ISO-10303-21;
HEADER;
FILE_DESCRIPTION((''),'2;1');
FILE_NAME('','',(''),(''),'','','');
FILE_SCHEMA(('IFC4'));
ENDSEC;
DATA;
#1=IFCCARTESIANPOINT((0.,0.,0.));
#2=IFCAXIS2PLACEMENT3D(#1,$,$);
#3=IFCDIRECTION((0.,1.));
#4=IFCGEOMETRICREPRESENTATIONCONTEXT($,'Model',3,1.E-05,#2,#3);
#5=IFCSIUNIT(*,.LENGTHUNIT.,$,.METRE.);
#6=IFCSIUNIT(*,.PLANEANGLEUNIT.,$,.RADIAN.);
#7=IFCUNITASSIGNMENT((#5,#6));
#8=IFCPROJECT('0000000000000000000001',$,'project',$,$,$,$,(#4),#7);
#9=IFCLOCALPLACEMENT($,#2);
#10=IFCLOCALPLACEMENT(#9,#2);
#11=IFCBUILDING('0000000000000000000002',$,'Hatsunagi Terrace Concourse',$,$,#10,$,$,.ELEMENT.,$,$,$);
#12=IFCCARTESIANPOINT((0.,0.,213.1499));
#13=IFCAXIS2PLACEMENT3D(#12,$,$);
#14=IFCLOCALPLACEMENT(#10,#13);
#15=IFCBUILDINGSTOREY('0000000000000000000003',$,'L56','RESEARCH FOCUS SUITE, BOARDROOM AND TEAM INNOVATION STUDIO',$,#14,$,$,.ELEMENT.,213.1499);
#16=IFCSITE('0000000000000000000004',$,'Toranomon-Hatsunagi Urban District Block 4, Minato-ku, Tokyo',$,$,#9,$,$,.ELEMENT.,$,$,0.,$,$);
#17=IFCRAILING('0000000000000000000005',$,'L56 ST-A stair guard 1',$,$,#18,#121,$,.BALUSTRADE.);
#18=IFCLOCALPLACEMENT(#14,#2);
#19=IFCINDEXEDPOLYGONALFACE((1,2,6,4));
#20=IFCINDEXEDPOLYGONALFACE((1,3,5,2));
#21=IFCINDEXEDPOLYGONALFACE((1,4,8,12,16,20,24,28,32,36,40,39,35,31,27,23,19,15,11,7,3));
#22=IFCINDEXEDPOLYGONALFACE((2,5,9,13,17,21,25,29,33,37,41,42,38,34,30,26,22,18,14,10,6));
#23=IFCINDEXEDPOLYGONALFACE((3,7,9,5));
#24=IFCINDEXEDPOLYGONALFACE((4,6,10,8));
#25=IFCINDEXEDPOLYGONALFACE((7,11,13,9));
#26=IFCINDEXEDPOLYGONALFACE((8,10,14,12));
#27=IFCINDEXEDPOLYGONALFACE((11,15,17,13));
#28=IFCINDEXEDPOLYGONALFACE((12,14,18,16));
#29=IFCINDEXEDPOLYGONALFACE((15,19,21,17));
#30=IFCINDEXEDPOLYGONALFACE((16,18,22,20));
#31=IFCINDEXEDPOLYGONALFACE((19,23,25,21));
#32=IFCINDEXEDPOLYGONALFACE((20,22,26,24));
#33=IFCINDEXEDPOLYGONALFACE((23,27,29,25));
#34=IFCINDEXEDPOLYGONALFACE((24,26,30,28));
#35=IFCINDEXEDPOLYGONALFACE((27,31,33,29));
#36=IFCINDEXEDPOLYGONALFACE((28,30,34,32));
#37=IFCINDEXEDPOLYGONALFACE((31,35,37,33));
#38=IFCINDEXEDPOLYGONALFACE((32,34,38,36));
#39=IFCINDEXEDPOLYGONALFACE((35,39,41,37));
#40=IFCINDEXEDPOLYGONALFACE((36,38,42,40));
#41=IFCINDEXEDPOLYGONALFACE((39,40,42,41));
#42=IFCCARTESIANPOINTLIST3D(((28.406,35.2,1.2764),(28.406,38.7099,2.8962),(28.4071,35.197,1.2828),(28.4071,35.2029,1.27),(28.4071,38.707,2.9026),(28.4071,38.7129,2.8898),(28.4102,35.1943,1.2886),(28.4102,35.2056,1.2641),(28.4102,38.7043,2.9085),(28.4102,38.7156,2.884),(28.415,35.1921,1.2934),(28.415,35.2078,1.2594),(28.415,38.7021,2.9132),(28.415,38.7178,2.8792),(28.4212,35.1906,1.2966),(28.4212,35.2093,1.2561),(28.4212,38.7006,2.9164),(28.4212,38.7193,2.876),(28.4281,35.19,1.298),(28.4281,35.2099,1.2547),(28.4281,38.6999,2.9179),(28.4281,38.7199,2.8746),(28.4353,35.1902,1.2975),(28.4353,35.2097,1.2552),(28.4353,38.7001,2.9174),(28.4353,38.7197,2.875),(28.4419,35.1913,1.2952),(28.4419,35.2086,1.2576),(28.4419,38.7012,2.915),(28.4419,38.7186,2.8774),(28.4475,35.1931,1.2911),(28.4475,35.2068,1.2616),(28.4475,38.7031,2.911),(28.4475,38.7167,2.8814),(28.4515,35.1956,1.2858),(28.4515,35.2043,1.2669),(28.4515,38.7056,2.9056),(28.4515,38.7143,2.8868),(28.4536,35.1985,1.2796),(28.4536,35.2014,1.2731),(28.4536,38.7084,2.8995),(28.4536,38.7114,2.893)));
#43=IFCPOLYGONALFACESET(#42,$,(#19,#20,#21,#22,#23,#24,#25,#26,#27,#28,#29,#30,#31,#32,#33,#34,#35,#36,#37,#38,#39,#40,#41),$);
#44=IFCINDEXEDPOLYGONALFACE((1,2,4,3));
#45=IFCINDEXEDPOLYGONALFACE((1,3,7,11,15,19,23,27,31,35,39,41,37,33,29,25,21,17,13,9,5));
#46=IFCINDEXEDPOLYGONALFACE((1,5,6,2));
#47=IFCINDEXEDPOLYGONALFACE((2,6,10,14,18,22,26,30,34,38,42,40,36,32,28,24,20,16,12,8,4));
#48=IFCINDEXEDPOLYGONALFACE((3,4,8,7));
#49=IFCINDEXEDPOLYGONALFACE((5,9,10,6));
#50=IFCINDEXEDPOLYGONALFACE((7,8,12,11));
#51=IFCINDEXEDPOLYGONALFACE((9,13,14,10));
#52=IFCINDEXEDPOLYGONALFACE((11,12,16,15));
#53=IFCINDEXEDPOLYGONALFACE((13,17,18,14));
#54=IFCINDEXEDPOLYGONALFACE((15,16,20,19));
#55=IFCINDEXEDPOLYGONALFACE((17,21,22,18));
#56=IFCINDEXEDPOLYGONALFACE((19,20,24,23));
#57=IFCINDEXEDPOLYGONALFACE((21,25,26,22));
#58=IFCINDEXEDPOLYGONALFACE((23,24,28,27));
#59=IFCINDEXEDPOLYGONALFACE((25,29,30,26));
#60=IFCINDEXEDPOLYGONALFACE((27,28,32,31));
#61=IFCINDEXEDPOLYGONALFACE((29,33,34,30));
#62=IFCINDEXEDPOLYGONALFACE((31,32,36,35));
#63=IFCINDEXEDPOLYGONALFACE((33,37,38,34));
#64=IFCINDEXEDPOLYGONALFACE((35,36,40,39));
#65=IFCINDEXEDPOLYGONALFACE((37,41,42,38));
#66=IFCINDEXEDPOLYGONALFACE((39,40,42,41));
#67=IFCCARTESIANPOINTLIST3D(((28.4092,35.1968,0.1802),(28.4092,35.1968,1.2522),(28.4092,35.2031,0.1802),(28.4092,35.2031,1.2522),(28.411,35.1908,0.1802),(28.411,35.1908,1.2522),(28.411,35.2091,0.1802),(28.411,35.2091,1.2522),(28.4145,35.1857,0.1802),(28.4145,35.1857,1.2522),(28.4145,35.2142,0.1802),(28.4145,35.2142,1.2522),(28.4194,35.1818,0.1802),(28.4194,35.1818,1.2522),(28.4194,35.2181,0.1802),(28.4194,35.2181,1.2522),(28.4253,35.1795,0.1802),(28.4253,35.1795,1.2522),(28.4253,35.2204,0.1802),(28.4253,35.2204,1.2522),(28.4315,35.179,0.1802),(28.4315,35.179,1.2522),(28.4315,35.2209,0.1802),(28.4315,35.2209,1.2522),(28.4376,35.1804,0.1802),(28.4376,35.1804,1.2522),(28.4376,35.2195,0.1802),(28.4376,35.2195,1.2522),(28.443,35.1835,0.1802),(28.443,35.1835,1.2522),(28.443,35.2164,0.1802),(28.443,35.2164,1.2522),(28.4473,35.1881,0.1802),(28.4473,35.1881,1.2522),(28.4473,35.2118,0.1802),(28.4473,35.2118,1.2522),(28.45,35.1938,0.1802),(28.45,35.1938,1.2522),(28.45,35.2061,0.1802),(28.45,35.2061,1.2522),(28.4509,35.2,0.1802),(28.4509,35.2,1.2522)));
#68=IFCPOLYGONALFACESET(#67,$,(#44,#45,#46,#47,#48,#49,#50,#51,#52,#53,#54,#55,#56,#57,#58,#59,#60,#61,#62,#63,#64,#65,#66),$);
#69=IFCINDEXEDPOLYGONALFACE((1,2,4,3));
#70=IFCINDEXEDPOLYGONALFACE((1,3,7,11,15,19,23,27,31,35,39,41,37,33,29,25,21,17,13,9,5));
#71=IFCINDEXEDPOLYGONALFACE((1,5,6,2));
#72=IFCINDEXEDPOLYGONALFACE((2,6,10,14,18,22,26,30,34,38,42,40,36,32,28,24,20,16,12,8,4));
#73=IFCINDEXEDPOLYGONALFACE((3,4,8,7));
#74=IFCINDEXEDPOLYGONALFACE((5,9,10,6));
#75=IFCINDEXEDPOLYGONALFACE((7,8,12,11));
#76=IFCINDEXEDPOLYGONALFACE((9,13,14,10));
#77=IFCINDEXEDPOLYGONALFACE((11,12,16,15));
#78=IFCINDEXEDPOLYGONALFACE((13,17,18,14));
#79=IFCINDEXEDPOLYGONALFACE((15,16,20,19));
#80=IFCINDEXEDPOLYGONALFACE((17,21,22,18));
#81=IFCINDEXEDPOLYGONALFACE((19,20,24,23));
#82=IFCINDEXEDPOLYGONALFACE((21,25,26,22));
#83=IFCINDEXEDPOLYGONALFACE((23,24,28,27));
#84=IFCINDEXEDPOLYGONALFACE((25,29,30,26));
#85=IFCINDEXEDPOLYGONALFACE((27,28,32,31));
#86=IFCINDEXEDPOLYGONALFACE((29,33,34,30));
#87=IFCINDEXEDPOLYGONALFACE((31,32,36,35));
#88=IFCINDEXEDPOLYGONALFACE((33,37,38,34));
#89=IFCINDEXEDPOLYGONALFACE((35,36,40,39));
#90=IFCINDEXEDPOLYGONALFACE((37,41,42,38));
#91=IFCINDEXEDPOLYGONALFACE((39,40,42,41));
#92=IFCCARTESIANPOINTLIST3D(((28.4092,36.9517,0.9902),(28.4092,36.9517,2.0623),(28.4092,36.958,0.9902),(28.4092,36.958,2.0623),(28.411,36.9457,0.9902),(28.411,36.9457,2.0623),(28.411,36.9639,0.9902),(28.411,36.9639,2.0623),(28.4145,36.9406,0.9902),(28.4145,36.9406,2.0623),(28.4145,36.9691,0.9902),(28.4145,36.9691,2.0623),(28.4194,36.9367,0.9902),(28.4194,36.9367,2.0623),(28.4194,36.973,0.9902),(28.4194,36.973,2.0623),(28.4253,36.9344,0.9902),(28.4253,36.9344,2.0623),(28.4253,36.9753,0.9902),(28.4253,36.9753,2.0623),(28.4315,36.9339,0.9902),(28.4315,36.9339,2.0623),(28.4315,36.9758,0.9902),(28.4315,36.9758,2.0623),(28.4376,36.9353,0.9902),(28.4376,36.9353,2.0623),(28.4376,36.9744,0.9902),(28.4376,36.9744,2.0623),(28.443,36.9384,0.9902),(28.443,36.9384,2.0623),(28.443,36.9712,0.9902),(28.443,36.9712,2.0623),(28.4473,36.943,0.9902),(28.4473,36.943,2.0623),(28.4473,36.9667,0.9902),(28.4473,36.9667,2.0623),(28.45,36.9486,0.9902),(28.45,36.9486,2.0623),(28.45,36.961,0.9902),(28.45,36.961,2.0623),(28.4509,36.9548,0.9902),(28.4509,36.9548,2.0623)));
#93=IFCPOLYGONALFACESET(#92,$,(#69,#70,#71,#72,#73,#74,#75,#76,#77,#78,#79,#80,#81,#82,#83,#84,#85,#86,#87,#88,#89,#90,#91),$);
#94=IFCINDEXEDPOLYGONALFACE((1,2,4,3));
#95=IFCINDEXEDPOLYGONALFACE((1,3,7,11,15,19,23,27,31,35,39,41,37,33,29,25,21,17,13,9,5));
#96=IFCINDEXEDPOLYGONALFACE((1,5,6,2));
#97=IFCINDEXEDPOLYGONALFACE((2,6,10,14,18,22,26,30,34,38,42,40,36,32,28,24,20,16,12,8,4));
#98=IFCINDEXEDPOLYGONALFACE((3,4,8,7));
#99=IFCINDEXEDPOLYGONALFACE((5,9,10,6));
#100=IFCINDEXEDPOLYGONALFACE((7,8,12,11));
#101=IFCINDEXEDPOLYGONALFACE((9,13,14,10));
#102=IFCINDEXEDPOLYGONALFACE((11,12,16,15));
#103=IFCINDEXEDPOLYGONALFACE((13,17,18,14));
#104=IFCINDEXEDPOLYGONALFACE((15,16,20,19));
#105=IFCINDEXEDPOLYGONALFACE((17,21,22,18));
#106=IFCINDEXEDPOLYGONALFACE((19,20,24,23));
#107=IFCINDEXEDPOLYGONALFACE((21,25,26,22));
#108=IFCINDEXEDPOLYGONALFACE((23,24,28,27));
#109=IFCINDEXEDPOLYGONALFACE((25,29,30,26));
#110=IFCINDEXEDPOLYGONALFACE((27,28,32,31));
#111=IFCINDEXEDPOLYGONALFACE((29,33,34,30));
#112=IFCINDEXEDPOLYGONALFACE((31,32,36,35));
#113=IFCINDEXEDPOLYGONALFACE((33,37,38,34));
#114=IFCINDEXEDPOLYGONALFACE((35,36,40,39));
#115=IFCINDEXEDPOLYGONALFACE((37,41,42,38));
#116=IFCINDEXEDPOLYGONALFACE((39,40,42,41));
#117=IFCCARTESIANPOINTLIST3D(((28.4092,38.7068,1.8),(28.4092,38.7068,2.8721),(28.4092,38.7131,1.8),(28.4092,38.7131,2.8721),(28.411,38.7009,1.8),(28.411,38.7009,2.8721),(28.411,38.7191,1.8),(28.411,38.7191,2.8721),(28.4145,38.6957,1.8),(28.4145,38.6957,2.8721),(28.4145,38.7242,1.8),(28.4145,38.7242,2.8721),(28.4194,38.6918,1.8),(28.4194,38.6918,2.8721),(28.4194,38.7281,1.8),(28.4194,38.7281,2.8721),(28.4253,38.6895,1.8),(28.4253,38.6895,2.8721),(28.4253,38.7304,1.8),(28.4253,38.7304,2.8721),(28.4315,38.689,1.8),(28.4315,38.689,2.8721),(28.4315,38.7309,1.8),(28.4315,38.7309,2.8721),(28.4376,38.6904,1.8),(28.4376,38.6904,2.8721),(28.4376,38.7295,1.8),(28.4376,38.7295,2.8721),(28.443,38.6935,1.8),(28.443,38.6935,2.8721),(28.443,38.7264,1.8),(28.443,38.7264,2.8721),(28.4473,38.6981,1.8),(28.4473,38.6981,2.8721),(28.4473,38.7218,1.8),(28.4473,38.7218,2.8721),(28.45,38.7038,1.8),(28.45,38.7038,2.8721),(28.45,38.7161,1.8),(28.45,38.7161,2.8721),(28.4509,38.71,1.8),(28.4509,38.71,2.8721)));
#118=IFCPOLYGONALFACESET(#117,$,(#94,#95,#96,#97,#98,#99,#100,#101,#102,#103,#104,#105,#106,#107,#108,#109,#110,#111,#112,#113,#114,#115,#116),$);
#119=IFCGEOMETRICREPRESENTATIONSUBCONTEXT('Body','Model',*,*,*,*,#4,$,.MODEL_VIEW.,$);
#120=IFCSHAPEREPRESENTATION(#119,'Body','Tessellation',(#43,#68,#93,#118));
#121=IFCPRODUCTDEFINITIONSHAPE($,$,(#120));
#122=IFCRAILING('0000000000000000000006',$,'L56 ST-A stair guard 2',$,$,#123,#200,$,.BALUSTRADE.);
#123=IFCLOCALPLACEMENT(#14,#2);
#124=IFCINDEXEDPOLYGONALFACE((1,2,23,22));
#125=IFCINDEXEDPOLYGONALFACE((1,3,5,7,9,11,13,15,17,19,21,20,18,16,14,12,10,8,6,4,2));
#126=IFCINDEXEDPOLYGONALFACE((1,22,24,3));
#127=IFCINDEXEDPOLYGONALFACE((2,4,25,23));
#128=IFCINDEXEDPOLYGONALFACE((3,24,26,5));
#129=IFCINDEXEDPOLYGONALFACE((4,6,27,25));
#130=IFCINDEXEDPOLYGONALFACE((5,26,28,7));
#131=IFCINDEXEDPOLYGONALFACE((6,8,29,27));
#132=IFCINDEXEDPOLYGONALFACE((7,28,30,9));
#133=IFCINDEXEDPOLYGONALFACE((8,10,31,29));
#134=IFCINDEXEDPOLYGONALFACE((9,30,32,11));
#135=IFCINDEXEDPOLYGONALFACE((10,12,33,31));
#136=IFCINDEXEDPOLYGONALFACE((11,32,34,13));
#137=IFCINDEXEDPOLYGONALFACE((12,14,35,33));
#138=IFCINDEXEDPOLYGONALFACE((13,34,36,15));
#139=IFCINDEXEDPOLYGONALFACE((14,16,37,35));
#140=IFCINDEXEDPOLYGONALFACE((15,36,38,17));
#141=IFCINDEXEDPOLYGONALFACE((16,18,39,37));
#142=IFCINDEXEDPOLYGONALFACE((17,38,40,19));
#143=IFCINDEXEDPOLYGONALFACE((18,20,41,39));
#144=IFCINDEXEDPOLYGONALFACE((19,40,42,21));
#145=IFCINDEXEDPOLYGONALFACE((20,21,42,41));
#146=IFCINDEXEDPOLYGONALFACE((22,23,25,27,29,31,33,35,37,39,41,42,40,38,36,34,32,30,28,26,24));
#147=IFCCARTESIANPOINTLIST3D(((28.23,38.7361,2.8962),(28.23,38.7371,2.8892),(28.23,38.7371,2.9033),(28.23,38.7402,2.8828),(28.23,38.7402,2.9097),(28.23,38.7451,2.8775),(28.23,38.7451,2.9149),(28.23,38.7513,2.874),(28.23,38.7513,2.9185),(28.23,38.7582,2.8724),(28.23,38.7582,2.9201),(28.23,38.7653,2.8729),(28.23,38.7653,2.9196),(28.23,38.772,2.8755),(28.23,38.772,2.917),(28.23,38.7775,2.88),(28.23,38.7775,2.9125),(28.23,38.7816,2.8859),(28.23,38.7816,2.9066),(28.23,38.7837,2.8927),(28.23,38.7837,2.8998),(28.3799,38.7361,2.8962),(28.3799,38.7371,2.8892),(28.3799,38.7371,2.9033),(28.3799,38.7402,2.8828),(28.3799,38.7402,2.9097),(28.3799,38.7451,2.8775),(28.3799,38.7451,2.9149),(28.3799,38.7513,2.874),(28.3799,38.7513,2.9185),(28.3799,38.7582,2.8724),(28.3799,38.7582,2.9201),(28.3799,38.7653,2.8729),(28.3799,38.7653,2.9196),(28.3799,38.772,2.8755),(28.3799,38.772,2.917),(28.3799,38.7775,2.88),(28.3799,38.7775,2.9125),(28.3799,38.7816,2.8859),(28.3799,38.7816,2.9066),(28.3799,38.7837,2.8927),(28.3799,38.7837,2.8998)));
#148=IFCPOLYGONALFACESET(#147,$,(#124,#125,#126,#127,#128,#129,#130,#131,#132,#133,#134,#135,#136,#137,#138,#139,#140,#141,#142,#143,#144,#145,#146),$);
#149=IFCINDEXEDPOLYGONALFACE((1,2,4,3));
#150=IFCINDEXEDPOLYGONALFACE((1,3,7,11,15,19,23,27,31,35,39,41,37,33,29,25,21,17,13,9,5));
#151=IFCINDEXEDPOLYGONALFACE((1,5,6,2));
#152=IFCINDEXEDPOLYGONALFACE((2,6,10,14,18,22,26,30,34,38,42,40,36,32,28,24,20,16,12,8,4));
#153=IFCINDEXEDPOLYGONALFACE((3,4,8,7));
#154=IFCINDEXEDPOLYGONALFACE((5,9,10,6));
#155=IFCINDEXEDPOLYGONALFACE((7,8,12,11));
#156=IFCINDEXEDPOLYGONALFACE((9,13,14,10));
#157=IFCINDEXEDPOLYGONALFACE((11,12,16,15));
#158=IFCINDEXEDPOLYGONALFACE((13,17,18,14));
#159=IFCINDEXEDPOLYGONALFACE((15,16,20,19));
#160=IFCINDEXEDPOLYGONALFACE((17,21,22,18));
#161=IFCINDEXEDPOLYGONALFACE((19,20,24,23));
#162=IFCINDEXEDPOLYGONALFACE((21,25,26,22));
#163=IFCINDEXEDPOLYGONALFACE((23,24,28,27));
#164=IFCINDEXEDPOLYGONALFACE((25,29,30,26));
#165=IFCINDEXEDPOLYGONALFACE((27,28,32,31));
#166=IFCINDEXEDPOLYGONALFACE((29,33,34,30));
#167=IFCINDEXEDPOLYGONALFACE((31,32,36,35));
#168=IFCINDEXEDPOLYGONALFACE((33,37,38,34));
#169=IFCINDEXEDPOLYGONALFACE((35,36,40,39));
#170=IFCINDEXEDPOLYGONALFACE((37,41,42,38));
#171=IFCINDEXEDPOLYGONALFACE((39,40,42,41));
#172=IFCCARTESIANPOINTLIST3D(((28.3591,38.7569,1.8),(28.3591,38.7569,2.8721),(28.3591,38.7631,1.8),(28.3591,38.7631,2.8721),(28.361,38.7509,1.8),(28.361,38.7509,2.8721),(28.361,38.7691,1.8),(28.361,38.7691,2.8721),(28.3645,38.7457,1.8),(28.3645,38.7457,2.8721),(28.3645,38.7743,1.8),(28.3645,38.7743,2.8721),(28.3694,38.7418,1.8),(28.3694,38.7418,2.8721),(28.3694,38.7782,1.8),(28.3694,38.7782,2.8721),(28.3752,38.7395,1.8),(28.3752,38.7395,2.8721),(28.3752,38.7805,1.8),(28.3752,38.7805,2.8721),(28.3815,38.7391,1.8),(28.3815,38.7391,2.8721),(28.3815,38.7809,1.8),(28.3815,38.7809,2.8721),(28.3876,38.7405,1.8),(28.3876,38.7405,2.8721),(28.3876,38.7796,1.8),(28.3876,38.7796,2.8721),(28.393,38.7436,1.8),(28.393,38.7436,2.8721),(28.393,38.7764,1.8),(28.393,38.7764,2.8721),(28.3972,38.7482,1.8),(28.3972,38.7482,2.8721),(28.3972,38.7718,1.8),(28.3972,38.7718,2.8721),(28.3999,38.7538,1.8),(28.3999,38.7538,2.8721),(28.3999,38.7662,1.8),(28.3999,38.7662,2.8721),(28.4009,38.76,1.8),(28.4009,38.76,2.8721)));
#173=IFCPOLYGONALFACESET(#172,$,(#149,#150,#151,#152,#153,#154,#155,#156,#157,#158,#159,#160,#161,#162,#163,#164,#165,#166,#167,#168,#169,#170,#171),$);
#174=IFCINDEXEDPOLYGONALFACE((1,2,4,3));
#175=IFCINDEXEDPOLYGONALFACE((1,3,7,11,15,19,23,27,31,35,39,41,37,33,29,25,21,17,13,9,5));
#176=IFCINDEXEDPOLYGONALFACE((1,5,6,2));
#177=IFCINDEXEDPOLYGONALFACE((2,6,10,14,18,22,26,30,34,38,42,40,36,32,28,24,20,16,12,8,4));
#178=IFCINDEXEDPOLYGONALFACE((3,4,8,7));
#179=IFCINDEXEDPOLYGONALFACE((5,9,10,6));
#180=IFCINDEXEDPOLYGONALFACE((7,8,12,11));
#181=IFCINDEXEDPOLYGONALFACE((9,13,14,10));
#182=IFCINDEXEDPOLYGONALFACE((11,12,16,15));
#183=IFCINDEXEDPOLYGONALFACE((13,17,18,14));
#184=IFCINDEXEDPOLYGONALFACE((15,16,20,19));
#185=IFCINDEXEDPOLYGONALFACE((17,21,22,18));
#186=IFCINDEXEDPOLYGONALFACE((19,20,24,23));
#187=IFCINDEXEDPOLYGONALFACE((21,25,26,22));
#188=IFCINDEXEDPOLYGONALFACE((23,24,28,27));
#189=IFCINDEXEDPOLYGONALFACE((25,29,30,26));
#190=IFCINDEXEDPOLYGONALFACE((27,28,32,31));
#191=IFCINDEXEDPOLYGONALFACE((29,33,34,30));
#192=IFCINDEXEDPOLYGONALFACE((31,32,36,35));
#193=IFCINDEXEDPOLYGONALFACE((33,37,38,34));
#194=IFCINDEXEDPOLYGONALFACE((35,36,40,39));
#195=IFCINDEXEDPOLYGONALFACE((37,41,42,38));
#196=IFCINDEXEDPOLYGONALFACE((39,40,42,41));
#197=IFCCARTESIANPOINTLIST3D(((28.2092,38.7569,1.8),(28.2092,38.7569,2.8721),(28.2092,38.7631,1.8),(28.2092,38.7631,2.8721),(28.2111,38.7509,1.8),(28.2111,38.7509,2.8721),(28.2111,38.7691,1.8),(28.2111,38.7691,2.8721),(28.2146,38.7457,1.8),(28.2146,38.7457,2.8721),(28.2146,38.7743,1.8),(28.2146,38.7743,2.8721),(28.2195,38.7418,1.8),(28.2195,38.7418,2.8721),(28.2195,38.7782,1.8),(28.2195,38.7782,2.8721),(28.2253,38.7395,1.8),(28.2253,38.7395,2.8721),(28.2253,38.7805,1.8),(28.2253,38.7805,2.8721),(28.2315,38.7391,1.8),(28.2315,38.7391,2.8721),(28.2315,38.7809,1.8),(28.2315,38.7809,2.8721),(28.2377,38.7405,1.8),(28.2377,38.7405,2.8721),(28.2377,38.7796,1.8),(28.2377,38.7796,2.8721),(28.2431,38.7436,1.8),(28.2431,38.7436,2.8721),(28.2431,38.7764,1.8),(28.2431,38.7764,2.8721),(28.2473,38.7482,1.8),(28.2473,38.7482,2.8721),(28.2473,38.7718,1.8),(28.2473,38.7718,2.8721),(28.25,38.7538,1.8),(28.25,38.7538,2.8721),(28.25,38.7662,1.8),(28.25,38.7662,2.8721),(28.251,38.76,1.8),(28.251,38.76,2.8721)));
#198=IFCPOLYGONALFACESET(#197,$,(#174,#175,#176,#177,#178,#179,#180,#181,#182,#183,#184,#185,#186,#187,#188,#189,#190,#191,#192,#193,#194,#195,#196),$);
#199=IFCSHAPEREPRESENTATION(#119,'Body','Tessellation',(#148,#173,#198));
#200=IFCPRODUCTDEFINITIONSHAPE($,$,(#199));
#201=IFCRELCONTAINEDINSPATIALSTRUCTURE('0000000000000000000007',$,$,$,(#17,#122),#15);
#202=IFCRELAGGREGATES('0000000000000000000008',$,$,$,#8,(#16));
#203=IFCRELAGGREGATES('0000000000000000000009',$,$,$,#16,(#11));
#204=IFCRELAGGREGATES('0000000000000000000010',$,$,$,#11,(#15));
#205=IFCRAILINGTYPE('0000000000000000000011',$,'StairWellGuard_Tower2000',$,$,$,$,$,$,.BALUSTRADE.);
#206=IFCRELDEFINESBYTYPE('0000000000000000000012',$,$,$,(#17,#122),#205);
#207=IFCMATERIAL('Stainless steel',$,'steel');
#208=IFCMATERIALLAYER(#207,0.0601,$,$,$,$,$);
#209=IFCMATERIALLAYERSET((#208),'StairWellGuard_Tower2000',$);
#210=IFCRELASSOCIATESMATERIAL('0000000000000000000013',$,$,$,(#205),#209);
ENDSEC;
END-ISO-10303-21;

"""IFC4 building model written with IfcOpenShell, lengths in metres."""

from ifc_helpers import new_model, si_unit, direction, frame, origin, origin_2d, place, context, subcontext, project, spatial, circle, extrude, material, layer, layer_set, type_object, element, save


model = new_model("IFC4")

# Units and contexts
model_context = context("Model", 3, precision=1e-05, world=origin(), true_north=direction((0.0, 1.0)))
body_context = subcontext(model_context, "Body", "Model", "MODEL_VIEW")
ifc_project = project(units=[si_unit("LENGTHUNIT", "METRE"), si_unit("PLANEANGLEUNIT", "RADIAN")], contexts=[model_context])

# Site, building, storey
site_placement = place(None, origin())
site = spatial("IfcSite", under=ifc_project, at=site_placement, Name="Toranomon-Hatsunagi Urban District Block 4, Minato-ku, Tokyo", CompositionType="ELEMENT", RefElevation=0.0)
building_placement = place(site_placement, origin())
building = spatial("IfcBuilding", under=site, at=building_placement, Name="Hatsunagi Terrace Concourse", CompositionType="ELEMENT")
storey_placement = place(building_placement, frame((0.0, 0.0, 213.1499)))
storey = spatial("IfcBuildingStorey", under=building, at=storey_placement, Name="L56", Description="RESEARCH FOCUS SUITE, BOARDROOM AND TEAM INNOVATION STUDIO", CompositionType="ELEMENT", Elevation=213.1499)

# Railings
ifc_material_1 = material(Name="Stainless steel", Category="steel")
ifc_layer_1 = layer(ifc_material_1, 0.0601)
ifc_layer_set_1 = layer_set([ifc_layer_1], Name="StairWellGuard_Tower2000")
railing_type_1 = type_object("IfcRailingType", Name="StairWellGuard_Tower2000", PredefinedType="BALUSTRADE", material=ifc_layer_set_1)
railing_1_placement = place(storey_placement, frame((28.4299, 35.2, 0.1802)))
element("IfcRailing", 1, at=railing_1_placement, inside=storey, type_object=railing_type_1, Name="L56 ST-A stair guard 1", PredefinedType="BALUSTRADE", context=body_context, shape_type="SweptSolid", body=[
    extrude(circle(Radius=0.0239, at=origin_2d()), frame((0.0, 0.0, 1.0962), z_axis=(0.0, 0.907972, 0.41903), x_axis=(-1.0, 0.0, 0.0)), (0.0, 0.0, 1.0), 3.8657),
    extrude(circle(Radius=0.021, at=origin_2d()), origin(), (0.0, 0.0, 1.0), 1.072),
    extrude(circle(Radius=0.021, at=origin_2d()), frame((0.0, 1.7549, 0.8101)), (0.0, 0.0, 1.0), 1.072),
    extrude(circle(Radius=0.021, at=origin_2d()), frame((0.0, 3.51, 1.6199)), (0.0, 0.0, 1.0), 1.072),
])
railing_2_placement = place(storey_placement, frame((28.3799, 38.76, 1.8)))
element("IfcRailing", 2, at=railing_2_placement, inside=storey, type_object=railing_type_1, Name="L56 ST-A stair guard 2", PredefinedType="BALUSTRADE", context=body_context, shape_type="SweptSolid", body=[
    extrude(circle(Radius=0.0239, at=origin_2d()), frame((0.0, 0.0, 1.0962), z_axis=(-1.0, 0.0, 0.0), x_axis=(0.0, -1.0, 0.0)), (0.0, 0.0, 1.0), 0.1499),
    extrude(circle(Radius=0.021, at=origin_2d()), origin(), (0.0, 0.0, 1.0), 1.072),
    extrude(circle(Radius=0.021, at=origin_2d()), frame((-0.1499, 0.0, 0.0)), (0.0, 0.0, 1.0), 1.072),
])

save(model, "model.ifc")
